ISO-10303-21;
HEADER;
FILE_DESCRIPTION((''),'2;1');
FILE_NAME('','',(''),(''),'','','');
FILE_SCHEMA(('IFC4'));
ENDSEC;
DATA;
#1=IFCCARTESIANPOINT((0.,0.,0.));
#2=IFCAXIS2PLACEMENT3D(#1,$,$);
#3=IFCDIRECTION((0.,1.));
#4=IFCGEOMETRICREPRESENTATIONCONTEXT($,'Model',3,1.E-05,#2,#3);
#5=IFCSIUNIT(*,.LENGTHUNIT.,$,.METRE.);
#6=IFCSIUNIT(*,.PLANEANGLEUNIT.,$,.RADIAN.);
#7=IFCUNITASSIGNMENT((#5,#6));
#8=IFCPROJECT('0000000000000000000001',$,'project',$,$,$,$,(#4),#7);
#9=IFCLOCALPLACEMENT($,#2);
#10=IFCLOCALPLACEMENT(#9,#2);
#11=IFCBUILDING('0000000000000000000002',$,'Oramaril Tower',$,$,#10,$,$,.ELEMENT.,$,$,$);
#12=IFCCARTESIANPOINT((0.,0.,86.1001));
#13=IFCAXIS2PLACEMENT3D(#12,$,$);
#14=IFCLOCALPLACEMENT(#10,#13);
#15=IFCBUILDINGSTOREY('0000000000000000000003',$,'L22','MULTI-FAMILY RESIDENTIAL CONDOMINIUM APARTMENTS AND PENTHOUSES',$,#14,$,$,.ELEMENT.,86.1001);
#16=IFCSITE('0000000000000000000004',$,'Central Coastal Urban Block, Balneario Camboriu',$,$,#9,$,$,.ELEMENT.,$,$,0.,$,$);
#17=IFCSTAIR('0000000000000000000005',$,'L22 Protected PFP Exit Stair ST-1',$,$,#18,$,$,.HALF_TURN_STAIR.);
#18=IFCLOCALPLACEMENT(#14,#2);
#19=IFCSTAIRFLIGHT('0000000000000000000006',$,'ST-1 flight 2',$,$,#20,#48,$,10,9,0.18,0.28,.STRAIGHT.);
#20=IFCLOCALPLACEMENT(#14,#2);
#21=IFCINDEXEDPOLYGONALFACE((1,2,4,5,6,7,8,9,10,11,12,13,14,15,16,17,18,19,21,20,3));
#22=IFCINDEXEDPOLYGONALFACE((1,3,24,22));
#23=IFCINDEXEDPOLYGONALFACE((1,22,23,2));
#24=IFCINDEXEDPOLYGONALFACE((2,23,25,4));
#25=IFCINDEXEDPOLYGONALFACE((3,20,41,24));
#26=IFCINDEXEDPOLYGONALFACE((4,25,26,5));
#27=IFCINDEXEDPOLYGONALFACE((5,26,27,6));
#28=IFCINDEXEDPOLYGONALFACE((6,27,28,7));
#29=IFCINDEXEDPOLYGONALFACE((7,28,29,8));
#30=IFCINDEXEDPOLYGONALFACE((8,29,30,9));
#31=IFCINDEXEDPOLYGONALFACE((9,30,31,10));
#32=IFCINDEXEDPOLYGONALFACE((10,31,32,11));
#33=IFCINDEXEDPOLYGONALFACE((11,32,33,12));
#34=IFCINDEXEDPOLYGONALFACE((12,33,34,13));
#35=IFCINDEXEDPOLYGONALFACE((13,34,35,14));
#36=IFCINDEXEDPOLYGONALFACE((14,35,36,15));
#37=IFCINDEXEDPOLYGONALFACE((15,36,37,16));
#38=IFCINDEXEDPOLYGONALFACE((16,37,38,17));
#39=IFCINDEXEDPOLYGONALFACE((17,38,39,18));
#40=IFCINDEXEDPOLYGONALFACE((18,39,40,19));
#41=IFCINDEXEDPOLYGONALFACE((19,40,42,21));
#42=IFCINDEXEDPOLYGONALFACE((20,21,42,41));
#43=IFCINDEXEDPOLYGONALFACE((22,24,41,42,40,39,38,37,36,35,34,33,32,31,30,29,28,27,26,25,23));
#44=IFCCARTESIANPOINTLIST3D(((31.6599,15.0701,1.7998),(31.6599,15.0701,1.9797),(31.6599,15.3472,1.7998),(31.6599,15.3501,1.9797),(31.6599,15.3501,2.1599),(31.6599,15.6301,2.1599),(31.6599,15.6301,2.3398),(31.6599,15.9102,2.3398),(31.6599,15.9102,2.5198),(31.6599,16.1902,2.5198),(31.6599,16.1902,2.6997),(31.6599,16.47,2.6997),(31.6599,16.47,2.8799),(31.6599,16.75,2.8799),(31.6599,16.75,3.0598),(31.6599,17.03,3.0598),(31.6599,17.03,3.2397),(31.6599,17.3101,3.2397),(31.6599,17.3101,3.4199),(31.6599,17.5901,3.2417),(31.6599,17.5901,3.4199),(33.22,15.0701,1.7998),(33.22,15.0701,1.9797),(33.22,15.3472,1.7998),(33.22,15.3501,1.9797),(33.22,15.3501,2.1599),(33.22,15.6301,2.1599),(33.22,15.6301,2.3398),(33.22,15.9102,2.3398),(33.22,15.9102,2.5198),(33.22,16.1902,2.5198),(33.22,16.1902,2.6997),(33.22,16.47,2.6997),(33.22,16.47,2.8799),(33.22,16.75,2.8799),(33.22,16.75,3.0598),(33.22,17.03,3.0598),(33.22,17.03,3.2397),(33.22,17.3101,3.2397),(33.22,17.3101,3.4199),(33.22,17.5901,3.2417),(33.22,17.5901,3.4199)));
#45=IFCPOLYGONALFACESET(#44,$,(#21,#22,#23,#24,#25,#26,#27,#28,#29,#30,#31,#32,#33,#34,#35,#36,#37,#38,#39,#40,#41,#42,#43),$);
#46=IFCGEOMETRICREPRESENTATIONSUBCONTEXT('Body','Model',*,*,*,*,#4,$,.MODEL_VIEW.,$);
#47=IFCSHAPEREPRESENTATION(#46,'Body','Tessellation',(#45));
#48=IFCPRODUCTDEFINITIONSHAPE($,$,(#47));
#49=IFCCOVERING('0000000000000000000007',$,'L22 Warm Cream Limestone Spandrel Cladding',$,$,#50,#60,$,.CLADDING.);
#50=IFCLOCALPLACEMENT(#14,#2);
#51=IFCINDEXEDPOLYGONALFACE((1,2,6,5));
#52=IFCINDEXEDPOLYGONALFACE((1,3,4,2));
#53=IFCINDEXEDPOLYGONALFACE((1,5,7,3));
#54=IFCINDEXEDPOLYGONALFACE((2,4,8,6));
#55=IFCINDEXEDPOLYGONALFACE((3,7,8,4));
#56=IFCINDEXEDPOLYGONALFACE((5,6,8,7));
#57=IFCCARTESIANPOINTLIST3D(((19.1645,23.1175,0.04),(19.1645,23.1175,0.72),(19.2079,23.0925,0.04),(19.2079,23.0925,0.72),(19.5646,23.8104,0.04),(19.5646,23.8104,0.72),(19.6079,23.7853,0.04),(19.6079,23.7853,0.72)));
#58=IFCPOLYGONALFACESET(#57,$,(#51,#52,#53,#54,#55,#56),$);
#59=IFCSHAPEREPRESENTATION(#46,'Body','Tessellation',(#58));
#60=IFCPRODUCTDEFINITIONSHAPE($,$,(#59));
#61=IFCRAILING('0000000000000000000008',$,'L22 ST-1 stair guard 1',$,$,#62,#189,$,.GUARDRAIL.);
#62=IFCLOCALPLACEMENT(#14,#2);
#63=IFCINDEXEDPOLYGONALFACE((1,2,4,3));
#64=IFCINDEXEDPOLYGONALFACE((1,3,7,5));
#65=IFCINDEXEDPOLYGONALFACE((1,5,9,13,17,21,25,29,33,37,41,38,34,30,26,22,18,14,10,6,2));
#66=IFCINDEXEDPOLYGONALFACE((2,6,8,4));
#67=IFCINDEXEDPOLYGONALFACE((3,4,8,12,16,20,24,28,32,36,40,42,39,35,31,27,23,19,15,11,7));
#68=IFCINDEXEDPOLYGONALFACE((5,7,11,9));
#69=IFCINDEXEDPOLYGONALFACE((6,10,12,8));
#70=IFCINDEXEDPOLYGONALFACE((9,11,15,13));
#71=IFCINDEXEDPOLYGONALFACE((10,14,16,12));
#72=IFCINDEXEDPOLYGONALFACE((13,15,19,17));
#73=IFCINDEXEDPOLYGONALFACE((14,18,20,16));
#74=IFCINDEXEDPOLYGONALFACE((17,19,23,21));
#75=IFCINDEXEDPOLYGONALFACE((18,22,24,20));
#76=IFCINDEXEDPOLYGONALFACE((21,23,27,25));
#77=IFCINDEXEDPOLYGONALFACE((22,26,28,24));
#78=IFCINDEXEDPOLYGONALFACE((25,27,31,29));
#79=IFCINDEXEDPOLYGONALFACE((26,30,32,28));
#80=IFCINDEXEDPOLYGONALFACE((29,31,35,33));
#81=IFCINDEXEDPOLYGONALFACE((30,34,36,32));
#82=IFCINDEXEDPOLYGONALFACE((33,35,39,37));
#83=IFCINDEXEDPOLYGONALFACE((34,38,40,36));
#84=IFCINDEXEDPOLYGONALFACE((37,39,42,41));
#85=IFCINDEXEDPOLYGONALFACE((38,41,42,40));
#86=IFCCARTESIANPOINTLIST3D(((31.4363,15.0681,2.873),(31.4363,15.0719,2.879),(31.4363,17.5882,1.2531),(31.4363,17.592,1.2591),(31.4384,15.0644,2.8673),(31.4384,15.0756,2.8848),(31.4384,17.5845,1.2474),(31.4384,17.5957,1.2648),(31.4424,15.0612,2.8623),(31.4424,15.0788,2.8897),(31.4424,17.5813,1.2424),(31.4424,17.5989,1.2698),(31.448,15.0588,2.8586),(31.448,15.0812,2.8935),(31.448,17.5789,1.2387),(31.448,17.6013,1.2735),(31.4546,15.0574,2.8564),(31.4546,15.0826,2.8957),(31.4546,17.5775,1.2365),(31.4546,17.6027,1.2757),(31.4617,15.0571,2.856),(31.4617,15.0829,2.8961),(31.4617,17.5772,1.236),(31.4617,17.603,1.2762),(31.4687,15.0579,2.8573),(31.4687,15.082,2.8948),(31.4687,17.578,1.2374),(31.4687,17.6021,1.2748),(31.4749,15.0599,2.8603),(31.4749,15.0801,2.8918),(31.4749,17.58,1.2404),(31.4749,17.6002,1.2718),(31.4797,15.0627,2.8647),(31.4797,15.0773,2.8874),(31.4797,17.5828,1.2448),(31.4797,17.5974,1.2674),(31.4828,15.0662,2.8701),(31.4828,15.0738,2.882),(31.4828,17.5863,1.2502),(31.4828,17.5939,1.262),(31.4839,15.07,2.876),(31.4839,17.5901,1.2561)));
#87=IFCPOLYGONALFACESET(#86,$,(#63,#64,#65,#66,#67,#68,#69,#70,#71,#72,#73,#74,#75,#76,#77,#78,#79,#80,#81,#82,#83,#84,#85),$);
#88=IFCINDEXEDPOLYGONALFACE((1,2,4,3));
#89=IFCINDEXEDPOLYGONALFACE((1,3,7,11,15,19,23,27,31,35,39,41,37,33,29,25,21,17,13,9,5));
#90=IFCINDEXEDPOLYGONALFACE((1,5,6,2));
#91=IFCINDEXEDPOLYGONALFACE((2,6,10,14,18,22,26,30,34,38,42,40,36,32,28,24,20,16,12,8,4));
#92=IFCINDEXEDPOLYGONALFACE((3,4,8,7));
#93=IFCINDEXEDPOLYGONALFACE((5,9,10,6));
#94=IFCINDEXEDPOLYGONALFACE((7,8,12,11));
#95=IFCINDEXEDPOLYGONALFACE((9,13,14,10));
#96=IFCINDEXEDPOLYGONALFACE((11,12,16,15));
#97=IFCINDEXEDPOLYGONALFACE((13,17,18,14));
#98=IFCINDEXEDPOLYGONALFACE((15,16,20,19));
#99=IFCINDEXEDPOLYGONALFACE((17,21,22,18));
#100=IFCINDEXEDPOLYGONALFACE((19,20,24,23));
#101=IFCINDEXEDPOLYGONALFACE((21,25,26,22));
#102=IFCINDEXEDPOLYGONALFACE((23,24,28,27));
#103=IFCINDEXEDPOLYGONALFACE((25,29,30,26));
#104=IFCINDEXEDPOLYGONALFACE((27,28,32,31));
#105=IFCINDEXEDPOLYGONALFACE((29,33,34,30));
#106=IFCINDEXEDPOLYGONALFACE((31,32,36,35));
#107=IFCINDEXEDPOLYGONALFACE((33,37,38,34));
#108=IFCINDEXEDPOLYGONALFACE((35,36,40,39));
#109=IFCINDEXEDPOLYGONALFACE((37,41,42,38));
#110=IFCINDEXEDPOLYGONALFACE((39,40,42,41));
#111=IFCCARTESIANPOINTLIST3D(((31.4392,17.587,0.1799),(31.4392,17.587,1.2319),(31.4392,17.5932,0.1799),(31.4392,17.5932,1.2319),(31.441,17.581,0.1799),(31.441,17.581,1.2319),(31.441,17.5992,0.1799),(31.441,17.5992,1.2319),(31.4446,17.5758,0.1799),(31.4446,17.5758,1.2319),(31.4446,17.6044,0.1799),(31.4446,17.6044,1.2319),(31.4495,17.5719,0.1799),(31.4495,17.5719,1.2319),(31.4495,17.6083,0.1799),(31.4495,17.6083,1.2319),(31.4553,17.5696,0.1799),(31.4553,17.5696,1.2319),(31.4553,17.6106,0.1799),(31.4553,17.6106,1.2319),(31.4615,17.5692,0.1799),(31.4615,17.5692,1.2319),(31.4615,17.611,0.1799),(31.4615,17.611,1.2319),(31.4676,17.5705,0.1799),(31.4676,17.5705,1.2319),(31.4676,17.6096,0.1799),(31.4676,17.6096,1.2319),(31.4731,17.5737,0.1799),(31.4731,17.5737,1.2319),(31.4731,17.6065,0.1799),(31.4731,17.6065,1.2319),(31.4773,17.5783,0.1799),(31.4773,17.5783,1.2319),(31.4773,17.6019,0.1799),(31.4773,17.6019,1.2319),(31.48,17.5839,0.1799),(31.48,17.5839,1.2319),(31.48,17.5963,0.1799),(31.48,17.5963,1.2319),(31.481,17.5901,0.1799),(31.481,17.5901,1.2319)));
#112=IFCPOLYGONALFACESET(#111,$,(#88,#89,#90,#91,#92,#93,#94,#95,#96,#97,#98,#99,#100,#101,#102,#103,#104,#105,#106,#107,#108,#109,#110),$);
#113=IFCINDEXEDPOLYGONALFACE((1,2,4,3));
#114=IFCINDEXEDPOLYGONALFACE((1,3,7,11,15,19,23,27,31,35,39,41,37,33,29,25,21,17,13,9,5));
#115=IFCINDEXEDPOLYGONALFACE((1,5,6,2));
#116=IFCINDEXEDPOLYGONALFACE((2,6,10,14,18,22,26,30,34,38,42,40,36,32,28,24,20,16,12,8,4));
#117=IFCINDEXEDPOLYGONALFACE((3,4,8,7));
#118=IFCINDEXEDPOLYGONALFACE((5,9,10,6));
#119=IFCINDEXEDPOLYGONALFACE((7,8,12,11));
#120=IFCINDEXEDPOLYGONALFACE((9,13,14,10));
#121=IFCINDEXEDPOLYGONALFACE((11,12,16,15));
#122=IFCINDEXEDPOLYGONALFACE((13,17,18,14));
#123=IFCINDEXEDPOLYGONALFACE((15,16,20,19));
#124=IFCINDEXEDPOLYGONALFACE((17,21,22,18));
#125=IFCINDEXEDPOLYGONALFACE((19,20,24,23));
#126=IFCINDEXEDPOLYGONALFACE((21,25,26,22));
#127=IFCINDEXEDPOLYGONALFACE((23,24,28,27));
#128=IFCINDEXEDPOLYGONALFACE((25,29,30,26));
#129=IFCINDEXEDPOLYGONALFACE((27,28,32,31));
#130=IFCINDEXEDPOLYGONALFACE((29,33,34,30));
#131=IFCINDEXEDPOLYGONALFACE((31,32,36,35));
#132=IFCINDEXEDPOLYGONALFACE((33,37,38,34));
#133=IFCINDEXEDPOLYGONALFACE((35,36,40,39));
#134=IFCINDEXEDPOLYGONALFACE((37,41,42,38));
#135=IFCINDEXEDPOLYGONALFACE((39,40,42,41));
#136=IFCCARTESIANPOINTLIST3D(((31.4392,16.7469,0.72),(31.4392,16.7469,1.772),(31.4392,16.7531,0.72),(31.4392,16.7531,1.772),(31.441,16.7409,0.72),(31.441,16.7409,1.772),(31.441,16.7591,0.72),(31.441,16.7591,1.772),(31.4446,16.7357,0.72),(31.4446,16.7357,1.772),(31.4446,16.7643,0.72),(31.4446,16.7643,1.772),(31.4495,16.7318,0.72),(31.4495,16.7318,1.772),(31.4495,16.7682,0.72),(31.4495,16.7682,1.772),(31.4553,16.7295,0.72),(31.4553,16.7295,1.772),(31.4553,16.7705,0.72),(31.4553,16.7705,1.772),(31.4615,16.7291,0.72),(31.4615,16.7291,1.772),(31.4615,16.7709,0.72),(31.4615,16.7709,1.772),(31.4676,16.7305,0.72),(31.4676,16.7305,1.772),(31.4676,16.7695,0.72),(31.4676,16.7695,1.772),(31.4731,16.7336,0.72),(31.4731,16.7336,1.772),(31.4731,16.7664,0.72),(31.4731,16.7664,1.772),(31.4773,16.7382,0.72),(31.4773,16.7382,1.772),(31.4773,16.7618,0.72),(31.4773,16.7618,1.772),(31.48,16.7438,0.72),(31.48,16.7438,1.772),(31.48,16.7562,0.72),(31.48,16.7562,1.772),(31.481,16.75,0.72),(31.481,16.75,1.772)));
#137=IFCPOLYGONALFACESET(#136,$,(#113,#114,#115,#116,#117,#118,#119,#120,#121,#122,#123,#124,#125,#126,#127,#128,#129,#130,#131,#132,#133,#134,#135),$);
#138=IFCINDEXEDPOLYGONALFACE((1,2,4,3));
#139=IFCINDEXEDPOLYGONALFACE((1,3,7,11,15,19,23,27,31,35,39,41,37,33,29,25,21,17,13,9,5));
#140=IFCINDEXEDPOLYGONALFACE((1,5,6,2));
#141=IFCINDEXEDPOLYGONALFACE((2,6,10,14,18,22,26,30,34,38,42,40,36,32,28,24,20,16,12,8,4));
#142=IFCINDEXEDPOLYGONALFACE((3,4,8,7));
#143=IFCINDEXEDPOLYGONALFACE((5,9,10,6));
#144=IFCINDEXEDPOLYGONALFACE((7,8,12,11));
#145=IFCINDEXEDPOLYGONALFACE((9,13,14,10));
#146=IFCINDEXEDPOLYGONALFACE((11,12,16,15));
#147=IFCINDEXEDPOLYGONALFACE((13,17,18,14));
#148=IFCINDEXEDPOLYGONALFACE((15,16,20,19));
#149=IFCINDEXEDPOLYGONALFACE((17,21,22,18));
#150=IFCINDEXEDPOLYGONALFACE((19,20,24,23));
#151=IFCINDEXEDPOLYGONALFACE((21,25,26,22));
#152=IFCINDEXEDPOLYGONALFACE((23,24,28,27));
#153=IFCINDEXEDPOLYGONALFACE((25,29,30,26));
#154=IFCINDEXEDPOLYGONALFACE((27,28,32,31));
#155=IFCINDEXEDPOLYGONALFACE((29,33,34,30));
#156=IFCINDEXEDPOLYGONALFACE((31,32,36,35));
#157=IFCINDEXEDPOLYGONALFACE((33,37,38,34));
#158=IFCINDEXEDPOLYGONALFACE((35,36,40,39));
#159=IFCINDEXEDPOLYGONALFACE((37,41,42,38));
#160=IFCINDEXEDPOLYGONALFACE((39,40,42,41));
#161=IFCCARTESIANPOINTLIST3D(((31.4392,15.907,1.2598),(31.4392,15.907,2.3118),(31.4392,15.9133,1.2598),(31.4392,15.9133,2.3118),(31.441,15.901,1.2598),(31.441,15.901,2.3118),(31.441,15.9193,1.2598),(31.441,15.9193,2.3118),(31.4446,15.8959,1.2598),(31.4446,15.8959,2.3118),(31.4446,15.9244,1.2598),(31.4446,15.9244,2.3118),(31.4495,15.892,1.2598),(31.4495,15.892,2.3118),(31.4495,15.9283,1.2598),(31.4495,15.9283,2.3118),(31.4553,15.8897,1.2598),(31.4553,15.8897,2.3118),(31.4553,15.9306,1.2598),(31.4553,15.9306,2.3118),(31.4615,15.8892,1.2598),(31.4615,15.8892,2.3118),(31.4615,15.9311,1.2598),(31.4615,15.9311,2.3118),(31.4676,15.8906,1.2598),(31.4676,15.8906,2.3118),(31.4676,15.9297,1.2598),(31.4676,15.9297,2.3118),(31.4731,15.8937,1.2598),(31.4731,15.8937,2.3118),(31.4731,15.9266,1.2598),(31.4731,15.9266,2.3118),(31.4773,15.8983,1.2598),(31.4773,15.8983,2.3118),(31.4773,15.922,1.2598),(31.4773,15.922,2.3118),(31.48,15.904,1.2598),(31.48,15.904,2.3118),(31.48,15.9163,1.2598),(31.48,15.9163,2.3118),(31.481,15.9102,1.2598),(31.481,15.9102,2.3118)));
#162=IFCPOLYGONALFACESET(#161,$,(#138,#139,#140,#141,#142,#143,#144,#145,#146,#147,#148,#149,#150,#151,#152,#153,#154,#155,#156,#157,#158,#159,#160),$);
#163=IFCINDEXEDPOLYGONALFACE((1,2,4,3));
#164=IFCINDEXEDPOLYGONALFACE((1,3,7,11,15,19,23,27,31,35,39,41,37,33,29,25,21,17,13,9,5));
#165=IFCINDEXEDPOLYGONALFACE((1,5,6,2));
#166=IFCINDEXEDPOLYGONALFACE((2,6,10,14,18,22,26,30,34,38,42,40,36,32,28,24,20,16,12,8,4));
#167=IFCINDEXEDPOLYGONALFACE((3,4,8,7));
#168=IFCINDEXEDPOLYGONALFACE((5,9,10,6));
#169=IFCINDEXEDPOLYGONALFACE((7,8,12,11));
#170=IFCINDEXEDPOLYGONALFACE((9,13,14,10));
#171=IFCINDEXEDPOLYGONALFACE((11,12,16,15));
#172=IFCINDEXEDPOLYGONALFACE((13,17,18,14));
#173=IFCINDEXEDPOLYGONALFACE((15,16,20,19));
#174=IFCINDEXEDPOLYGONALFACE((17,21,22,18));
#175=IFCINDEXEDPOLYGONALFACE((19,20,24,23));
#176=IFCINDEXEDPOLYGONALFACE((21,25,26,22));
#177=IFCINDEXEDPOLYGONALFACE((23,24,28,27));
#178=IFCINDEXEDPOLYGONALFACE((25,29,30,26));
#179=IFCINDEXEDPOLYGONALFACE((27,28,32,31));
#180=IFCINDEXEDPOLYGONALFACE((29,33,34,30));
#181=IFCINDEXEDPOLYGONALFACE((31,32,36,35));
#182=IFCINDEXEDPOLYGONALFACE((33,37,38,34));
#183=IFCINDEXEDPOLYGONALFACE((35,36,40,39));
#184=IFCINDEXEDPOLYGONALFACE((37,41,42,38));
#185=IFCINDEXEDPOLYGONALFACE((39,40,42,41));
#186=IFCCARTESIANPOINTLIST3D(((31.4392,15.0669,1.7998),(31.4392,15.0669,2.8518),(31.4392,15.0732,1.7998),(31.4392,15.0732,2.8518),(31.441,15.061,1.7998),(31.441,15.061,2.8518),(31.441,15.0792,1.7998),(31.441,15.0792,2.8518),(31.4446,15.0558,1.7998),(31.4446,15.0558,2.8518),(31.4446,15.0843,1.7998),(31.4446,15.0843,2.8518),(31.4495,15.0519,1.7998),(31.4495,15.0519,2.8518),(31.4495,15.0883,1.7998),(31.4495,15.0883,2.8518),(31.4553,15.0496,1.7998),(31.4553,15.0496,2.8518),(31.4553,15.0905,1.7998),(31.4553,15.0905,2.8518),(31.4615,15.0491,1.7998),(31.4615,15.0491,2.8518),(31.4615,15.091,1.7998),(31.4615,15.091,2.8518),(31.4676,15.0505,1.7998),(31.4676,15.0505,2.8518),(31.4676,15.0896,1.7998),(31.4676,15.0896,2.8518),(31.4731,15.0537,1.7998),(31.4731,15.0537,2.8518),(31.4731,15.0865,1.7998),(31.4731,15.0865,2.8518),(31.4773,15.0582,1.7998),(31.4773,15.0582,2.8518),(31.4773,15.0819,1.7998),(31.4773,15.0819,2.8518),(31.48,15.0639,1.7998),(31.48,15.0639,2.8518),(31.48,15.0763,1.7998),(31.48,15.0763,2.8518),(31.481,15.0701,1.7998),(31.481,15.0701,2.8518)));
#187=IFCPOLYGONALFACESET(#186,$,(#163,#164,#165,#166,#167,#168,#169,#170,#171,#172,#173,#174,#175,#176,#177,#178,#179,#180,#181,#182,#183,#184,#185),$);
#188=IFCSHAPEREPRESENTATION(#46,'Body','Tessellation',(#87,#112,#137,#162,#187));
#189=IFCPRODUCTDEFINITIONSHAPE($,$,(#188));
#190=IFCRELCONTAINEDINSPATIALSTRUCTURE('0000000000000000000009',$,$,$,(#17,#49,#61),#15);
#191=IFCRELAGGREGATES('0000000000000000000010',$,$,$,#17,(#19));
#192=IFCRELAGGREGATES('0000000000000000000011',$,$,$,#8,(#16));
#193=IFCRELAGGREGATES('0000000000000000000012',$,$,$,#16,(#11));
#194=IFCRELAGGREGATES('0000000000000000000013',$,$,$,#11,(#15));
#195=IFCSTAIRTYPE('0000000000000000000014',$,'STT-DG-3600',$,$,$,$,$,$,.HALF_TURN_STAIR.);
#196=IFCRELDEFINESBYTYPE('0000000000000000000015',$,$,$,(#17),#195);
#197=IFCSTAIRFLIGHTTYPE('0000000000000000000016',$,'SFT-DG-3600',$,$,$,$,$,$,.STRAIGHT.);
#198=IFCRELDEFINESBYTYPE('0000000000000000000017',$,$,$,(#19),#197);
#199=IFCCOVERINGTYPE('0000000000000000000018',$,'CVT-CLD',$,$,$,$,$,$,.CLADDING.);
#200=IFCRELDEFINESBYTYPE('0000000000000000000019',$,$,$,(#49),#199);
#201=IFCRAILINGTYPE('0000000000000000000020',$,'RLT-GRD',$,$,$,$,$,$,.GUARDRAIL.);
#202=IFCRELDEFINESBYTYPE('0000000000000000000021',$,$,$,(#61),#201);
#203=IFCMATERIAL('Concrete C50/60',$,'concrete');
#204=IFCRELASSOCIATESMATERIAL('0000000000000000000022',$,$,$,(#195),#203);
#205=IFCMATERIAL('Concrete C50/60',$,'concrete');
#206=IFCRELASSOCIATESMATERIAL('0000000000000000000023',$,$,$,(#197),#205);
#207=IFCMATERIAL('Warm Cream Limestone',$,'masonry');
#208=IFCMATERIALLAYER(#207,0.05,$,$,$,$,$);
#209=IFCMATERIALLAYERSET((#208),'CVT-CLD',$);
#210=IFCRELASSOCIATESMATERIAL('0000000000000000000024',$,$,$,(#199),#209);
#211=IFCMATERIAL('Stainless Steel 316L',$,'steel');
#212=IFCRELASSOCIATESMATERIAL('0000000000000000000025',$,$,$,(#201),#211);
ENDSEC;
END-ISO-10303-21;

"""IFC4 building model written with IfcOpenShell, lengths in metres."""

from ifc_helpers import new_model, si_unit, direction, frame, origin, origin_2d, place, context, subcontext, project, spatial, polyline, rectangle, circle, outline, extrude, material, layer, layer_set, type_object, element, aggregate, save


model = new_model("IFC4")

# Units and contexts
model_context = context("Model", 3, precision=1e-05, world=origin(), true_north=direction((0.0, 1.0)))
body_context = subcontext(model_context, "Body", "Model", "MODEL_VIEW")
ifc_project = project(units=[si_unit("LENGTHUNIT", "METRE"), si_unit("PLANEANGLEUNIT", "RADIAN")], contexts=[model_context])

# Site, building, storey
site_placement = place(None, origin())
site = spatial("IfcSite", under=ifc_project, at=site_placement, Name="Central Coastal Urban Block, Balneario Camboriu", CompositionType="ELEMENT", RefElevation=0.0)
building_placement = place(site_placement, origin())
building = spatial("IfcBuilding", under=site, at=building_placement, Name="Oramaril Tower", CompositionType="ELEMENT")
storey_placement = place(building_placement, frame((0.0, 0.0, 86.1001)))
storey = spatial("IfcBuildingStorey", under=building, at=storey_placement, Name="L22", Description="MULTI-FAMILY RESIDENTIAL CONDOMINIUM APARTMENTS AND PENTHOUSES", CompositionType="ELEMENT", Elevation=86.1001)

# Stair, stair flight
ifc_material_1 = material(Name="Concrete C50/60", Category="concrete")
stair_type = type_object("IfcStairType", Name="STT-DG-3600", PredefinedType="HALF_TURN_STAIR", material=ifc_material_1)
stair_placement = place(storey_placement, origin())
stair = element("IfcStair", 1, at=stair_placement, inside=storey, type_object=stair_type, Name="L22 Protected PFP Exit Stair ST-1", PredefinedType="HALF_TURN_STAIR")
ifc_material_2 = material(Name="Concrete C50/60", Category="concrete")
stair_flight_type = type_object("IfcStairFlightType", Name="SFT-DG-3600", PredefinedType="STRAIGHT", material=ifc_material_2)
stair_flight_1_placement = place(storey_placement, frame((32.4399, 15.0701, 1.7998), z_axis=(0.0, 0.0, 1.0), x_axis=(0.0, 1.0, 0.0)))
stair_flight_1 = element("IfcStairFlight", 2, at=stair_flight_1_placement, type_object=stair_flight_type, Name="ST-1 flight 2", NumberOfRisers=10, NumberOfTreads=9, PredefinedType="STRAIGHT", RiserHeight=0.18, TreadLength=0.28, context=body_context, shape_type="SweptSolid", body=[
    extrude(outline(polyline([(0.0, 0.0), (0.0, 0.1799), (0.28, 0.1799), (0.28, 0.3601), (0.5601, 0.3601), (0.5601, 0.54), (0.8401, 0.54), (0.8401, 0.72), (1.1201, 0.72), (1.1201, 0.8999), (1.3999, 0.8999), (1.3999, 1.0801), (1.6799, 1.0801), (1.6799, 1.26), (1.96, 1.26), (1.96, 1.4399), (2.24, 1.4399), (2.24, 1.6201), (2.52, 1.6201), (2.52, 1.8), (2.52, 1.4419), (0.2771, 0.0), (0.0, 0.0)])), frame((0.0, 0.78, 0.0), z_axis=(0.0, -1.0, 0.0), x_axis=(1.0, 0.0, 0.0)), (0.0, 0.0, 1.0), 1.5601),
])
aggregate(stair, [stair_flight_1])

# Covering
ifc_material_3 = material(Name="Warm Cream Limestone", Category="masonry")
ifc_layer_1 = layer(ifc_material_3, 0.05)
ifc_layer_set_1 = layer_set([ifc_layer_1], Name="CVT-CLD")
covering_type = type_object("IfcCoveringType", Name="CVT-CLD", PredefinedType="CLADDING", material=ifc_layer_set_1)
covering_placement = place(storey_placement, frame((19.3862, 23.4514, 0.04), z_axis=(0.0, 0.0, 1.0), x_axis=(-0.5, -0.866025, 0.0)))
element("IfcCovering", 3, at=covering_placement, inside=storey, type_object=covering_type, Name="L22 Warm Cream Limestone Spandrel Cladding", PredefinedType="CLADDING", context=body_context, shape_type="SweptSolid", body=[
    extrude(rectangle(XDim=0.8, YDim=0.05, at=origin_2d()), origin(), (0.0, 0.0, 1.0), 0.6799),
])

# Railing
ifc_material_4 = material(Name="Stainless Steel 316L", Category="steel")
railing_type_1 = type_object("IfcRailingType", Name="RLT-GRD", PredefinedType="GUARDRAIL", material=ifc_material_4)
railing_1_placement = place(storey_placement, frame((31.46, 17.5901, 0.1799)))
element("IfcRailing", 4, at=railing_1_placement, inside=storey, type_object=railing_type_1, Name="L22 ST-1 stair guard 1", PredefinedType="GUARDRAIL", context=body_context, shape_type="SweptSolid", body=[
    extrude(circle(Radius=0.0239, at=origin_2d()), frame((0.0, 0.0, 1.0762), z_axis=(0.0, -0.8412, 0.540725), x_axis=(1.0, 0.0, 0.0)), (0.0, 0.0, 1.0), 2.9958),
    extrude(circle(Radius=0.021, at=origin_2d()), origin(), (0.0, 0.0, 1.0), 1.052),
    extrude(circle(Radius=0.021, at=origin_2d()), frame((0.0, -0.8401, 0.54)), (0.0, 0.0, 1.0), 1.052),
    extrude(circle(Radius=0.021, at=origin_2d()), frame((0.0, -1.6799, 1.0798)), (0.0, 0.0, 1.0), 1.052),
    extrude(circle(Radius=0.021, at=origin_2d()), frame((0.0, -2.52, 1.6199)), (0.0, 0.0, 1.0), 1.052),
])

save(model, "model.ifc")
